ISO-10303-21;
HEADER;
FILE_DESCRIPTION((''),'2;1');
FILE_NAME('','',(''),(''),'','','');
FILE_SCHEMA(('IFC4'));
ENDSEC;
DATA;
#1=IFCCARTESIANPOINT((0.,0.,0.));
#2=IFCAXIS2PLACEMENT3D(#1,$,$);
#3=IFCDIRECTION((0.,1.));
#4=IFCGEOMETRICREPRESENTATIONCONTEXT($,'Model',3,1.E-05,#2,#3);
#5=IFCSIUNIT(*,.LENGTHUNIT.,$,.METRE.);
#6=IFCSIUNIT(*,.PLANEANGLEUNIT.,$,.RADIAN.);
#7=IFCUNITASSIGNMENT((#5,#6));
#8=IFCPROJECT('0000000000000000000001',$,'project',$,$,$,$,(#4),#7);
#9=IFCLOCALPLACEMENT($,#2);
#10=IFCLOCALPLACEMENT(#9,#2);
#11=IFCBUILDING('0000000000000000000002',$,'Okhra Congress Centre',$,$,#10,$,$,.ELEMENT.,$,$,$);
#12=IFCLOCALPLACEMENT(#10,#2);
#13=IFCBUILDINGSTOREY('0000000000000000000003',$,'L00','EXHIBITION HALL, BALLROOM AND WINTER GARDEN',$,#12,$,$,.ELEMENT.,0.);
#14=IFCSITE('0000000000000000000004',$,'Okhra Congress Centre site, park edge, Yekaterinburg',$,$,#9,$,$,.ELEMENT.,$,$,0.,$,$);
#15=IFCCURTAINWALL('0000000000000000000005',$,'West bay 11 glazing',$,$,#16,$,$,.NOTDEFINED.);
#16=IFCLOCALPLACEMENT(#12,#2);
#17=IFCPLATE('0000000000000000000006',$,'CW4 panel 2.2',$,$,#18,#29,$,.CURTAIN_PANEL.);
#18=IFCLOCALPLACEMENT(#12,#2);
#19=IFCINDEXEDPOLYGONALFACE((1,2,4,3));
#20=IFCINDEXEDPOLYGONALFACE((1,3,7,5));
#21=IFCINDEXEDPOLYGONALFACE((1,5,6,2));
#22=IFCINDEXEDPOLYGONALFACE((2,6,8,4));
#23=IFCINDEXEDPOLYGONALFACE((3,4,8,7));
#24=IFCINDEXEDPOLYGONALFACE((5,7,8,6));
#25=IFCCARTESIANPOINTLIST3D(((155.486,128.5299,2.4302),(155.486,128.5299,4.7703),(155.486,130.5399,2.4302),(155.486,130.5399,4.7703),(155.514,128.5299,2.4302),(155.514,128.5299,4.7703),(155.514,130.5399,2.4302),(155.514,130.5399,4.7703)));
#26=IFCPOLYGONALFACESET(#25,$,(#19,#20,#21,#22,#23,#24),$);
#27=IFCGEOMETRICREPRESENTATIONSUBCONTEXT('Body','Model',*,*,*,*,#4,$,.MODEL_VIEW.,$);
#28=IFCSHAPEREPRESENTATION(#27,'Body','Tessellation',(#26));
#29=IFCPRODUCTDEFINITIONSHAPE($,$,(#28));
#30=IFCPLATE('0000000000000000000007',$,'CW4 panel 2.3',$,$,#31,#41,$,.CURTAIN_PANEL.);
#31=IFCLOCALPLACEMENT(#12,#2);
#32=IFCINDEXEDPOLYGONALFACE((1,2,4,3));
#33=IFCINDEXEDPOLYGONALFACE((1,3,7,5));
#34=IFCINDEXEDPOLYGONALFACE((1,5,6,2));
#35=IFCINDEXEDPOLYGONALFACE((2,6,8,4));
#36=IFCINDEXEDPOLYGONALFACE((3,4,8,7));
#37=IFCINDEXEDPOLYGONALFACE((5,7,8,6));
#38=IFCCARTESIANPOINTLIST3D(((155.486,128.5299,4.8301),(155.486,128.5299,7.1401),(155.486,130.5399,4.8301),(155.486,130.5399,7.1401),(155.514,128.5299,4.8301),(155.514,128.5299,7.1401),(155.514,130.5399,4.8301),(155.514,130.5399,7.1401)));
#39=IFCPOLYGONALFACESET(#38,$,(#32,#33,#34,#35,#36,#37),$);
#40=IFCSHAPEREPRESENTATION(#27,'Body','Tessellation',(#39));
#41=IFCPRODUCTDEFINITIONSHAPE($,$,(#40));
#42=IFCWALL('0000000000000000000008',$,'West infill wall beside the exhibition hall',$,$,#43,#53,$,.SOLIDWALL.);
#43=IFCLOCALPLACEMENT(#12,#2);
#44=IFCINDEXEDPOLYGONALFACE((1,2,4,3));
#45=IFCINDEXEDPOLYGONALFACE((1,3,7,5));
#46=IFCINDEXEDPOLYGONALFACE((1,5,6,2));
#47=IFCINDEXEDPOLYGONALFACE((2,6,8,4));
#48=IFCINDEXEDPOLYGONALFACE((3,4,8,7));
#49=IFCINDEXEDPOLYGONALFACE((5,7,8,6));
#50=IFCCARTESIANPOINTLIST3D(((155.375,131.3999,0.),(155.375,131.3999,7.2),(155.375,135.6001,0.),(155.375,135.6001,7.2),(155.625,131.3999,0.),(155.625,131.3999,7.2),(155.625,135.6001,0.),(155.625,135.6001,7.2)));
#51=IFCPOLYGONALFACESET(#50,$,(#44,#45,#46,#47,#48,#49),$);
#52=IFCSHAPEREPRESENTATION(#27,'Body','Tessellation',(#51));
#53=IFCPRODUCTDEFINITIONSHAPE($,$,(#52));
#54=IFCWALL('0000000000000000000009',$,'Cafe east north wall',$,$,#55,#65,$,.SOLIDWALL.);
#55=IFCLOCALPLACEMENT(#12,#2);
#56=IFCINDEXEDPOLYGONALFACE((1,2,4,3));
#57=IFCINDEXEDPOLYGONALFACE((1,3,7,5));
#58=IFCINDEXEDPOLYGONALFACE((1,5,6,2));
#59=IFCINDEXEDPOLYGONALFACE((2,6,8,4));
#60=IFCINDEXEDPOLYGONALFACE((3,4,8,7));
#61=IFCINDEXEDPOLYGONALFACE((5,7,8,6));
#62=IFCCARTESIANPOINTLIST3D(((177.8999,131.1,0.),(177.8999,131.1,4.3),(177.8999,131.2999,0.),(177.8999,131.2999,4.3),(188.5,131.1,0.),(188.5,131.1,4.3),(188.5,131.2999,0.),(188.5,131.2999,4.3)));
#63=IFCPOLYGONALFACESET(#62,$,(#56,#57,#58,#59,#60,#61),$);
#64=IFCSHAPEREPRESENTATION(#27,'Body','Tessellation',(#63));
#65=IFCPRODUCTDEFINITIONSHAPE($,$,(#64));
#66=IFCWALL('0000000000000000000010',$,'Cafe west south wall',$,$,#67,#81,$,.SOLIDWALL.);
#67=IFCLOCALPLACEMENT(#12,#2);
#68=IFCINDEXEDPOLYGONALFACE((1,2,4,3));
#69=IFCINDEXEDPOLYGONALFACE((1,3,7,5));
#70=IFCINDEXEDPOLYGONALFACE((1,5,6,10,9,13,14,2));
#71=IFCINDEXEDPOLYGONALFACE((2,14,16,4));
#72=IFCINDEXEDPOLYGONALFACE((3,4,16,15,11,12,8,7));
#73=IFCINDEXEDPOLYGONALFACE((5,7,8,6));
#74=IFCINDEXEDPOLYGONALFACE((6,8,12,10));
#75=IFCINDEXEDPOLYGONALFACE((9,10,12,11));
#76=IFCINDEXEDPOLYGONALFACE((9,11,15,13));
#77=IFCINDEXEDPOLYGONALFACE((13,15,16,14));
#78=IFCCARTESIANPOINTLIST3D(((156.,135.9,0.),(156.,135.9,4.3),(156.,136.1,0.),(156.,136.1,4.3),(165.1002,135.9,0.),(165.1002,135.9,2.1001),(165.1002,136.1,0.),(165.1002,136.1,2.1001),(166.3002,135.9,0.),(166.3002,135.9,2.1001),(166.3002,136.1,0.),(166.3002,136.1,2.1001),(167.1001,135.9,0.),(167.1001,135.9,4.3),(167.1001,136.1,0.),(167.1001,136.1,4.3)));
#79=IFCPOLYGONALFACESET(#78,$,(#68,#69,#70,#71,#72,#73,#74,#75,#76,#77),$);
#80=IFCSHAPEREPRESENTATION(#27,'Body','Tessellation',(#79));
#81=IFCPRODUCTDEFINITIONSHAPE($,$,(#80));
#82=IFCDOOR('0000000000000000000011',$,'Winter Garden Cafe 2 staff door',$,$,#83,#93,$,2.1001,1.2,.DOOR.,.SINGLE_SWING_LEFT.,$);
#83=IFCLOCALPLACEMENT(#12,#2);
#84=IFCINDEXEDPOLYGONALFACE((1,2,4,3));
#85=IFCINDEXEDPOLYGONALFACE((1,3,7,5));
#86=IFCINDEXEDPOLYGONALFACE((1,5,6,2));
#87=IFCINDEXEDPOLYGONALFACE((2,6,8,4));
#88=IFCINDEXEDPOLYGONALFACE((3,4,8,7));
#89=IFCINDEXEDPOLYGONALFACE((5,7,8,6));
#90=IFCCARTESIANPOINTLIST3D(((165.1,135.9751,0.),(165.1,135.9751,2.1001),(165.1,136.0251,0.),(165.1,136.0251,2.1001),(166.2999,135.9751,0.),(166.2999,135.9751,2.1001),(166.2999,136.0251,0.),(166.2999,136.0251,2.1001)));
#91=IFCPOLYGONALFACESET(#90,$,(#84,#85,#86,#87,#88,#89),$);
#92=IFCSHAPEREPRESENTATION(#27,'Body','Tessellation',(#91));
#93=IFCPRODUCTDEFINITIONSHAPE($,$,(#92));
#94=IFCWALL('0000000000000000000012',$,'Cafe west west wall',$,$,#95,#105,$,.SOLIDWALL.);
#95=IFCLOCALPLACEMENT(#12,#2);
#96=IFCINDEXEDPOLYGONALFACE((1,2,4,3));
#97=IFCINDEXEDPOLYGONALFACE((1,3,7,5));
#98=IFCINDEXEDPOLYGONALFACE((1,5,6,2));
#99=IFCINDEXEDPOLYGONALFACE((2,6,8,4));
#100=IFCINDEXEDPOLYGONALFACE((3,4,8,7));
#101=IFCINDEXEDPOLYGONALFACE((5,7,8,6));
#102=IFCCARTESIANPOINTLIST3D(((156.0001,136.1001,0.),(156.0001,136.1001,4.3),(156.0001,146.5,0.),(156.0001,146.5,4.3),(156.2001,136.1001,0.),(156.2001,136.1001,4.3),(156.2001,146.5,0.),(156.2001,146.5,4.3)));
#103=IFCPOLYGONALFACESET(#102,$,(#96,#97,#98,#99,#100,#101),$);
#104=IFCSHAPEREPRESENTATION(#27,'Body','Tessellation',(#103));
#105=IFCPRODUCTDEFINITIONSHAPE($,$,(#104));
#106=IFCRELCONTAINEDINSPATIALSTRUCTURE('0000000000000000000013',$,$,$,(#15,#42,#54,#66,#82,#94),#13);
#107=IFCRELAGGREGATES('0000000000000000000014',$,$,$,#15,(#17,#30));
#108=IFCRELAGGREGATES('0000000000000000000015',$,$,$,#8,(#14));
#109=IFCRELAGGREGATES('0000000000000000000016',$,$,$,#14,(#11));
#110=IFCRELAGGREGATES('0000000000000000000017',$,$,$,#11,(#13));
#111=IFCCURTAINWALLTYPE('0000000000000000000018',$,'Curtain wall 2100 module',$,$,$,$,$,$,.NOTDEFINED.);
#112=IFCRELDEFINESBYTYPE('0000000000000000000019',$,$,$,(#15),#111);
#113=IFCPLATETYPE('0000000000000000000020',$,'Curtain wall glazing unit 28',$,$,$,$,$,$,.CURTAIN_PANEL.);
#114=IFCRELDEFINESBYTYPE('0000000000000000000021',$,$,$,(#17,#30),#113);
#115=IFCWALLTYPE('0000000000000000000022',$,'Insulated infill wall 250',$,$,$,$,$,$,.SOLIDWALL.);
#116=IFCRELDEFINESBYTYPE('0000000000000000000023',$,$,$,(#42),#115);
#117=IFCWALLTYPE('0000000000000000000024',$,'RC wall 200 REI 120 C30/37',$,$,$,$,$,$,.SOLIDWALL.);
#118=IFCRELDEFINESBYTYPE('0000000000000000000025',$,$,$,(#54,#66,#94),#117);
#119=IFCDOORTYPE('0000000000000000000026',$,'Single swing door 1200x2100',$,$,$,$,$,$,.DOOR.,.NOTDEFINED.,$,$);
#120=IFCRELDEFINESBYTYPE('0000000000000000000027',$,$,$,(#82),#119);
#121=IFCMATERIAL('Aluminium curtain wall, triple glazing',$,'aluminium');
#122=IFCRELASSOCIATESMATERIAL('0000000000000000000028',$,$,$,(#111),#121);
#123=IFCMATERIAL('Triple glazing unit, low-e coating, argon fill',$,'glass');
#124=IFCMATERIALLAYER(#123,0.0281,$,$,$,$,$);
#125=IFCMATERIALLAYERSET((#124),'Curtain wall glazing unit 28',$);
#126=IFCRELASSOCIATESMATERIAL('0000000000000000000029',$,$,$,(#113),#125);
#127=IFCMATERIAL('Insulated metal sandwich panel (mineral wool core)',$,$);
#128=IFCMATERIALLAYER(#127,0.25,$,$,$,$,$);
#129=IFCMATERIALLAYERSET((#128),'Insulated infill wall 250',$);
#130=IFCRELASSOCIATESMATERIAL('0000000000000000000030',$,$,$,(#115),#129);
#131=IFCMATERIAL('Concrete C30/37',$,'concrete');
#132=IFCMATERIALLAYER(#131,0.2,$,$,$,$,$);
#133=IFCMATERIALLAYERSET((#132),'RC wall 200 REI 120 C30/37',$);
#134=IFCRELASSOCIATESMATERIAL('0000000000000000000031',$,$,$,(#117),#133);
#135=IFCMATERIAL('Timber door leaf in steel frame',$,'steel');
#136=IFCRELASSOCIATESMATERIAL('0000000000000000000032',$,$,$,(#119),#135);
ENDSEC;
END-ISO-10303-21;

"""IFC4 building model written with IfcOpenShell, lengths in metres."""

from ifc_helpers import new_model, si_unit, direction, frame, frame_2d, origin, origin_2d, place, context, subcontext, project, spatial, rectangle, extrude, material, layer, layer_set, type_object, element, fill, aggregate, save


model = new_model("IFC4")

# Units and contexts
model_context = context("Model", 3, precision=1e-05, world=origin(), true_north=direction((0.0, 1.0)))
body_context = subcontext(model_context, "Body", "Model", "MODEL_VIEW")
ifc_project = project(units=[si_unit("LENGTHUNIT", "METRE"), si_unit("PLANEANGLEUNIT", "RADIAN")], contexts=[model_context])

# Site, building, storey
site_placement = place(None, origin())
site = spatial("IfcSite", under=ifc_project, at=site_placement, Name="Okhra Congress Centre site, park edge, Yekaterinburg", CompositionType="ELEMENT", RefElevation=0.0)
building_placement = place(site_placement, origin())
building = spatial("IfcBuilding", under=site, at=building_placement, Name="Okhra Congress Centre", CompositionType="ELEMENT")
storey_placement = place(building_placement, origin())
storey = spatial("IfcBuildingStorey", under=building, at=storey_placement, Name="L00", Description="EXHIBITION HALL, BALLROOM AND WINTER GARDEN", CompositionType="ELEMENT", Elevation=0.0)

# Shared definitions
ifc_material_1 = material(Name="Concrete C30/37", Category="concrete")

# Curtain wall, plates
ifc_material_2 = material(Name="Aluminium curtain wall, triple glazing", Category="aluminium")
curtain_wall_type = type_object("IfcCurtainWallType", Name="Curtain wall 2100 module", PredefinedType="NOTDEFINED", material=ifc_material_2)
curtain_wall_placement = place(storey_placement, origin())
curtain_wall = element("IfcCurtainWall", 1, at=curtain_wall_placement, inside=storey, type_object=curtain_wall_type, Name="West bay 11 glazing", PredefinedType="NOTDEFINED")
ifc_material_3 = material(Name="Triple glazing unit, low-e coating, argon fill", Category="glass")
ifc_layer_1 = layer(ifc_material_3, 0.0281)
ifc_layer_set_1 = layer_set([ifc_layer_1], Name="Curtain wall glazing unit 28")
plate_type = type_object("IfcPlateType", Name="Curtain wall glazing unit 28", PredefinedType="CURTAIN_PANEL", material=ifc_layer_set_1)
plate_1_placement = place(storey_placement, frame((155.5, 129.5349, 2.4302), z_axis=(0.0, 0.0, 1.0), x_axis=(0.0, 1.0, 0.0)))
plate_1 = element("IfcPlate", 2, at=plate_1_placement, type_object=plate_type, Name="CW4 panel 2.2", PredefinedType="CURTAIN_PANEL", context=body_context, shape_type="SweptSolid", body=[
    extrude(rectangle(XDim=2.01, YDim=0.0281, at=origin_2d()), origin(), (0.0, 0.0, 1.0), 2.3401),
])
plate_2_placement = place(storey_placement, frame((155.5, 129.5349, 4.8301), z_axis=(0.0, 0.0, 1.0), x_axis=(0.0, 1.0, 0.0)))
plate_2 = element("IfcPlate", 3, at=plate_2_placement, type_object=plate_type, Name="CW4 panel 2.3", PredefinedType="CURTAIN_PANEL", context=body_context, shape_type="SweptSolid", body=[
    extrude(rectangle(XDim=2.01, YDim=0.0281, at=origin_2d()), origin(), (0.0, 0.0, 1.0), 2.3101),
])
aggregate(curtain_wall, [plate_1, plate_2])

# Walls
ifc_material_4 = material(Name="Insulated metal sandwich panel (mineral wool core)")
ifc_layer_2 = layer(ifc_material_4, 0.25)
ifc_layer_set_2 = layer_set([ifc_layer_2], Name="Insulated infill wall 250")
wall_type_1 = type_object("IfcWallType", Name="Insulated infill wall 250", PredefinedType="SOLIDWALL", material=ifc_layer_set_2)
wall_1_placement = place(storey_placement, frame((155.5, 131.3999, 0.0), z_axis=(0.0, 0.0, 1.0), x_axis=(0.0, 1.0, 0.0)))
element("IfcWall", 4, at=wall_1_placement, inside=storey, type_object=wall_type_1, Name="West infill wall beside the exhibition hall", PredefinedType="SOLIDWALL", context=body_context, shape_type="SweptSolid", body=[
    extrude(rectangle(XDim=4.2002, YDim=0.25, at=frame_2d((2.1001, 0.0))), origin(), (0.0, 0.0, 1.0), 7.2),
])
ifc_layer_3 = layer(ifc_material_1, 0.2)
ifc_layer_set_3 = layer_set([ifc_layer_3], Name="RC wall 200 REI 120 C30/37")
wall_type_2 = type_object("IfcWallType", Name="RC wall 200 REI 120 C30/37", PredefinedType="SOLIDWALL", material=ifc_layer_set_3)
wall_2_placement = place(storey_placement, frame((177.8999, 131.2, 0.0), z_axis=(0.0, 0.0, 1.0), x_axis=(1.0, 0.0, 0.0)))
element("IfcWall", 5, at=wall_2_placement, inside=storey, type_object=wall_type_2, Name="Cafe east north wall", PredefinedType="SOLIDWALL", context=body_context, shape_type="SweptSolid", body=[
    extrude(rectangle(XDim=10.6001, YDim=0.2, at=frame_2d((5.3, 0.0))), origin(), (0.0, 0.0, 1.0), 4.3),
])

# Wall, opening, door
wall_3_placement = place(storey_placement, frame((156.0, 136.0, 0.0), z_axis=(0.0, 0.0, 1.0), x_axis=(1.0, 0.0, 0.0)))
wall_3 = element("IfcWall", 6, at=wall_3_placement, inside=storey, type_object=wall_type_2, Name="Cafe west south wall", PredefinedType="SOLIDWALL", context=body_context, shape_type="SweptSolid", body=[
    extrude(rectangle(XDim=11.1001, YDim=0.2, at=frame_2d((5.55, 0.0))), origin(), (0.0, 0.0, 1.0), 4.3),
])
opening_1_placement = place(wall_3_placement, frame((9.1001, 0.0, 0.0)))
opening_1 = element("IfcOpeningElement", 7, at=opening_1_placement, cuts=wall_3, PredefinedType="OPENING", context=body_context, shape_type="SweptSolid", body=[
    extrude(rectangle(XDim=1.2, YDim=2.1001, at=frame_2d((0.6001, 1.05))), frame((0.0, 0.1099, 0.0), z_axis=(0.0, -1.0, 0.0), x_axis=(1.0, 0.0, 0.0)), (0.0, 0.0, 1.0), 0.22),
])
ifc_material_5 = material(Name="Timber door leaf in steel frame", Category="steel")
door_type_1 = type_object("IfcDoorType", Name="Single swing door 1200x2100", OperationType="NOTDEFINED", PredefinedType="DOOR", material=ifc_material_5)
door_1_placement = place(opening_1_placement, frame((1.2, 0.0, 0.0), z_axis=(0.0, 0.0, 1.0), x_axis=(-1.0, 0.0, 0.0)))
door_1 = element("IfcDoor", 8, at=door_1_placement, inside=storey, type_object=door_type_1, Name="Winter Garden Cafe 2 staff door", OperationType="SINGLE_SWING_LEFT", OverallHeight=2.1001, OverallWidth=1.2, PredefinedType="DOOR", context=body_context, shape_type="SweptSolid", body=[
    extrude(rectangle(XDim=1.2, YDim=2.1001, at=frame_2d((0.6001, 1.05))), frame((0.0, 0.0249, 0.0), z_axis=(0.0, -1.0, 0.0), x_axis=(1.0, 0.0, 0.0)), (0.0, 0.0, 1.0), 0.05),
])
fill(opening_1, door_1)

# Wall
wall_4_placement = place(storey_placement, frame((156.1001, 136.1001, 0.0), z_axis=(0.0, 0.0, 1.0), x_axis=(0.0, 1.0, 0.0)))
element("IfcWall", 9, at=wall_4_placement, inside=storey, type_object=wall_type_2, Name="Cafe west west wall", PredefinedType="SOLIDWALL", context=body_context, shape_type="SweptSolid", body=[
    extrude(rectangle(XDim=10.3999, YDim=0.2, at=frame_2d((5.2, 0.0))), origin(), (0.0, 0.0, 1.0), 4.3),
])

save(model, "model.ifc")
